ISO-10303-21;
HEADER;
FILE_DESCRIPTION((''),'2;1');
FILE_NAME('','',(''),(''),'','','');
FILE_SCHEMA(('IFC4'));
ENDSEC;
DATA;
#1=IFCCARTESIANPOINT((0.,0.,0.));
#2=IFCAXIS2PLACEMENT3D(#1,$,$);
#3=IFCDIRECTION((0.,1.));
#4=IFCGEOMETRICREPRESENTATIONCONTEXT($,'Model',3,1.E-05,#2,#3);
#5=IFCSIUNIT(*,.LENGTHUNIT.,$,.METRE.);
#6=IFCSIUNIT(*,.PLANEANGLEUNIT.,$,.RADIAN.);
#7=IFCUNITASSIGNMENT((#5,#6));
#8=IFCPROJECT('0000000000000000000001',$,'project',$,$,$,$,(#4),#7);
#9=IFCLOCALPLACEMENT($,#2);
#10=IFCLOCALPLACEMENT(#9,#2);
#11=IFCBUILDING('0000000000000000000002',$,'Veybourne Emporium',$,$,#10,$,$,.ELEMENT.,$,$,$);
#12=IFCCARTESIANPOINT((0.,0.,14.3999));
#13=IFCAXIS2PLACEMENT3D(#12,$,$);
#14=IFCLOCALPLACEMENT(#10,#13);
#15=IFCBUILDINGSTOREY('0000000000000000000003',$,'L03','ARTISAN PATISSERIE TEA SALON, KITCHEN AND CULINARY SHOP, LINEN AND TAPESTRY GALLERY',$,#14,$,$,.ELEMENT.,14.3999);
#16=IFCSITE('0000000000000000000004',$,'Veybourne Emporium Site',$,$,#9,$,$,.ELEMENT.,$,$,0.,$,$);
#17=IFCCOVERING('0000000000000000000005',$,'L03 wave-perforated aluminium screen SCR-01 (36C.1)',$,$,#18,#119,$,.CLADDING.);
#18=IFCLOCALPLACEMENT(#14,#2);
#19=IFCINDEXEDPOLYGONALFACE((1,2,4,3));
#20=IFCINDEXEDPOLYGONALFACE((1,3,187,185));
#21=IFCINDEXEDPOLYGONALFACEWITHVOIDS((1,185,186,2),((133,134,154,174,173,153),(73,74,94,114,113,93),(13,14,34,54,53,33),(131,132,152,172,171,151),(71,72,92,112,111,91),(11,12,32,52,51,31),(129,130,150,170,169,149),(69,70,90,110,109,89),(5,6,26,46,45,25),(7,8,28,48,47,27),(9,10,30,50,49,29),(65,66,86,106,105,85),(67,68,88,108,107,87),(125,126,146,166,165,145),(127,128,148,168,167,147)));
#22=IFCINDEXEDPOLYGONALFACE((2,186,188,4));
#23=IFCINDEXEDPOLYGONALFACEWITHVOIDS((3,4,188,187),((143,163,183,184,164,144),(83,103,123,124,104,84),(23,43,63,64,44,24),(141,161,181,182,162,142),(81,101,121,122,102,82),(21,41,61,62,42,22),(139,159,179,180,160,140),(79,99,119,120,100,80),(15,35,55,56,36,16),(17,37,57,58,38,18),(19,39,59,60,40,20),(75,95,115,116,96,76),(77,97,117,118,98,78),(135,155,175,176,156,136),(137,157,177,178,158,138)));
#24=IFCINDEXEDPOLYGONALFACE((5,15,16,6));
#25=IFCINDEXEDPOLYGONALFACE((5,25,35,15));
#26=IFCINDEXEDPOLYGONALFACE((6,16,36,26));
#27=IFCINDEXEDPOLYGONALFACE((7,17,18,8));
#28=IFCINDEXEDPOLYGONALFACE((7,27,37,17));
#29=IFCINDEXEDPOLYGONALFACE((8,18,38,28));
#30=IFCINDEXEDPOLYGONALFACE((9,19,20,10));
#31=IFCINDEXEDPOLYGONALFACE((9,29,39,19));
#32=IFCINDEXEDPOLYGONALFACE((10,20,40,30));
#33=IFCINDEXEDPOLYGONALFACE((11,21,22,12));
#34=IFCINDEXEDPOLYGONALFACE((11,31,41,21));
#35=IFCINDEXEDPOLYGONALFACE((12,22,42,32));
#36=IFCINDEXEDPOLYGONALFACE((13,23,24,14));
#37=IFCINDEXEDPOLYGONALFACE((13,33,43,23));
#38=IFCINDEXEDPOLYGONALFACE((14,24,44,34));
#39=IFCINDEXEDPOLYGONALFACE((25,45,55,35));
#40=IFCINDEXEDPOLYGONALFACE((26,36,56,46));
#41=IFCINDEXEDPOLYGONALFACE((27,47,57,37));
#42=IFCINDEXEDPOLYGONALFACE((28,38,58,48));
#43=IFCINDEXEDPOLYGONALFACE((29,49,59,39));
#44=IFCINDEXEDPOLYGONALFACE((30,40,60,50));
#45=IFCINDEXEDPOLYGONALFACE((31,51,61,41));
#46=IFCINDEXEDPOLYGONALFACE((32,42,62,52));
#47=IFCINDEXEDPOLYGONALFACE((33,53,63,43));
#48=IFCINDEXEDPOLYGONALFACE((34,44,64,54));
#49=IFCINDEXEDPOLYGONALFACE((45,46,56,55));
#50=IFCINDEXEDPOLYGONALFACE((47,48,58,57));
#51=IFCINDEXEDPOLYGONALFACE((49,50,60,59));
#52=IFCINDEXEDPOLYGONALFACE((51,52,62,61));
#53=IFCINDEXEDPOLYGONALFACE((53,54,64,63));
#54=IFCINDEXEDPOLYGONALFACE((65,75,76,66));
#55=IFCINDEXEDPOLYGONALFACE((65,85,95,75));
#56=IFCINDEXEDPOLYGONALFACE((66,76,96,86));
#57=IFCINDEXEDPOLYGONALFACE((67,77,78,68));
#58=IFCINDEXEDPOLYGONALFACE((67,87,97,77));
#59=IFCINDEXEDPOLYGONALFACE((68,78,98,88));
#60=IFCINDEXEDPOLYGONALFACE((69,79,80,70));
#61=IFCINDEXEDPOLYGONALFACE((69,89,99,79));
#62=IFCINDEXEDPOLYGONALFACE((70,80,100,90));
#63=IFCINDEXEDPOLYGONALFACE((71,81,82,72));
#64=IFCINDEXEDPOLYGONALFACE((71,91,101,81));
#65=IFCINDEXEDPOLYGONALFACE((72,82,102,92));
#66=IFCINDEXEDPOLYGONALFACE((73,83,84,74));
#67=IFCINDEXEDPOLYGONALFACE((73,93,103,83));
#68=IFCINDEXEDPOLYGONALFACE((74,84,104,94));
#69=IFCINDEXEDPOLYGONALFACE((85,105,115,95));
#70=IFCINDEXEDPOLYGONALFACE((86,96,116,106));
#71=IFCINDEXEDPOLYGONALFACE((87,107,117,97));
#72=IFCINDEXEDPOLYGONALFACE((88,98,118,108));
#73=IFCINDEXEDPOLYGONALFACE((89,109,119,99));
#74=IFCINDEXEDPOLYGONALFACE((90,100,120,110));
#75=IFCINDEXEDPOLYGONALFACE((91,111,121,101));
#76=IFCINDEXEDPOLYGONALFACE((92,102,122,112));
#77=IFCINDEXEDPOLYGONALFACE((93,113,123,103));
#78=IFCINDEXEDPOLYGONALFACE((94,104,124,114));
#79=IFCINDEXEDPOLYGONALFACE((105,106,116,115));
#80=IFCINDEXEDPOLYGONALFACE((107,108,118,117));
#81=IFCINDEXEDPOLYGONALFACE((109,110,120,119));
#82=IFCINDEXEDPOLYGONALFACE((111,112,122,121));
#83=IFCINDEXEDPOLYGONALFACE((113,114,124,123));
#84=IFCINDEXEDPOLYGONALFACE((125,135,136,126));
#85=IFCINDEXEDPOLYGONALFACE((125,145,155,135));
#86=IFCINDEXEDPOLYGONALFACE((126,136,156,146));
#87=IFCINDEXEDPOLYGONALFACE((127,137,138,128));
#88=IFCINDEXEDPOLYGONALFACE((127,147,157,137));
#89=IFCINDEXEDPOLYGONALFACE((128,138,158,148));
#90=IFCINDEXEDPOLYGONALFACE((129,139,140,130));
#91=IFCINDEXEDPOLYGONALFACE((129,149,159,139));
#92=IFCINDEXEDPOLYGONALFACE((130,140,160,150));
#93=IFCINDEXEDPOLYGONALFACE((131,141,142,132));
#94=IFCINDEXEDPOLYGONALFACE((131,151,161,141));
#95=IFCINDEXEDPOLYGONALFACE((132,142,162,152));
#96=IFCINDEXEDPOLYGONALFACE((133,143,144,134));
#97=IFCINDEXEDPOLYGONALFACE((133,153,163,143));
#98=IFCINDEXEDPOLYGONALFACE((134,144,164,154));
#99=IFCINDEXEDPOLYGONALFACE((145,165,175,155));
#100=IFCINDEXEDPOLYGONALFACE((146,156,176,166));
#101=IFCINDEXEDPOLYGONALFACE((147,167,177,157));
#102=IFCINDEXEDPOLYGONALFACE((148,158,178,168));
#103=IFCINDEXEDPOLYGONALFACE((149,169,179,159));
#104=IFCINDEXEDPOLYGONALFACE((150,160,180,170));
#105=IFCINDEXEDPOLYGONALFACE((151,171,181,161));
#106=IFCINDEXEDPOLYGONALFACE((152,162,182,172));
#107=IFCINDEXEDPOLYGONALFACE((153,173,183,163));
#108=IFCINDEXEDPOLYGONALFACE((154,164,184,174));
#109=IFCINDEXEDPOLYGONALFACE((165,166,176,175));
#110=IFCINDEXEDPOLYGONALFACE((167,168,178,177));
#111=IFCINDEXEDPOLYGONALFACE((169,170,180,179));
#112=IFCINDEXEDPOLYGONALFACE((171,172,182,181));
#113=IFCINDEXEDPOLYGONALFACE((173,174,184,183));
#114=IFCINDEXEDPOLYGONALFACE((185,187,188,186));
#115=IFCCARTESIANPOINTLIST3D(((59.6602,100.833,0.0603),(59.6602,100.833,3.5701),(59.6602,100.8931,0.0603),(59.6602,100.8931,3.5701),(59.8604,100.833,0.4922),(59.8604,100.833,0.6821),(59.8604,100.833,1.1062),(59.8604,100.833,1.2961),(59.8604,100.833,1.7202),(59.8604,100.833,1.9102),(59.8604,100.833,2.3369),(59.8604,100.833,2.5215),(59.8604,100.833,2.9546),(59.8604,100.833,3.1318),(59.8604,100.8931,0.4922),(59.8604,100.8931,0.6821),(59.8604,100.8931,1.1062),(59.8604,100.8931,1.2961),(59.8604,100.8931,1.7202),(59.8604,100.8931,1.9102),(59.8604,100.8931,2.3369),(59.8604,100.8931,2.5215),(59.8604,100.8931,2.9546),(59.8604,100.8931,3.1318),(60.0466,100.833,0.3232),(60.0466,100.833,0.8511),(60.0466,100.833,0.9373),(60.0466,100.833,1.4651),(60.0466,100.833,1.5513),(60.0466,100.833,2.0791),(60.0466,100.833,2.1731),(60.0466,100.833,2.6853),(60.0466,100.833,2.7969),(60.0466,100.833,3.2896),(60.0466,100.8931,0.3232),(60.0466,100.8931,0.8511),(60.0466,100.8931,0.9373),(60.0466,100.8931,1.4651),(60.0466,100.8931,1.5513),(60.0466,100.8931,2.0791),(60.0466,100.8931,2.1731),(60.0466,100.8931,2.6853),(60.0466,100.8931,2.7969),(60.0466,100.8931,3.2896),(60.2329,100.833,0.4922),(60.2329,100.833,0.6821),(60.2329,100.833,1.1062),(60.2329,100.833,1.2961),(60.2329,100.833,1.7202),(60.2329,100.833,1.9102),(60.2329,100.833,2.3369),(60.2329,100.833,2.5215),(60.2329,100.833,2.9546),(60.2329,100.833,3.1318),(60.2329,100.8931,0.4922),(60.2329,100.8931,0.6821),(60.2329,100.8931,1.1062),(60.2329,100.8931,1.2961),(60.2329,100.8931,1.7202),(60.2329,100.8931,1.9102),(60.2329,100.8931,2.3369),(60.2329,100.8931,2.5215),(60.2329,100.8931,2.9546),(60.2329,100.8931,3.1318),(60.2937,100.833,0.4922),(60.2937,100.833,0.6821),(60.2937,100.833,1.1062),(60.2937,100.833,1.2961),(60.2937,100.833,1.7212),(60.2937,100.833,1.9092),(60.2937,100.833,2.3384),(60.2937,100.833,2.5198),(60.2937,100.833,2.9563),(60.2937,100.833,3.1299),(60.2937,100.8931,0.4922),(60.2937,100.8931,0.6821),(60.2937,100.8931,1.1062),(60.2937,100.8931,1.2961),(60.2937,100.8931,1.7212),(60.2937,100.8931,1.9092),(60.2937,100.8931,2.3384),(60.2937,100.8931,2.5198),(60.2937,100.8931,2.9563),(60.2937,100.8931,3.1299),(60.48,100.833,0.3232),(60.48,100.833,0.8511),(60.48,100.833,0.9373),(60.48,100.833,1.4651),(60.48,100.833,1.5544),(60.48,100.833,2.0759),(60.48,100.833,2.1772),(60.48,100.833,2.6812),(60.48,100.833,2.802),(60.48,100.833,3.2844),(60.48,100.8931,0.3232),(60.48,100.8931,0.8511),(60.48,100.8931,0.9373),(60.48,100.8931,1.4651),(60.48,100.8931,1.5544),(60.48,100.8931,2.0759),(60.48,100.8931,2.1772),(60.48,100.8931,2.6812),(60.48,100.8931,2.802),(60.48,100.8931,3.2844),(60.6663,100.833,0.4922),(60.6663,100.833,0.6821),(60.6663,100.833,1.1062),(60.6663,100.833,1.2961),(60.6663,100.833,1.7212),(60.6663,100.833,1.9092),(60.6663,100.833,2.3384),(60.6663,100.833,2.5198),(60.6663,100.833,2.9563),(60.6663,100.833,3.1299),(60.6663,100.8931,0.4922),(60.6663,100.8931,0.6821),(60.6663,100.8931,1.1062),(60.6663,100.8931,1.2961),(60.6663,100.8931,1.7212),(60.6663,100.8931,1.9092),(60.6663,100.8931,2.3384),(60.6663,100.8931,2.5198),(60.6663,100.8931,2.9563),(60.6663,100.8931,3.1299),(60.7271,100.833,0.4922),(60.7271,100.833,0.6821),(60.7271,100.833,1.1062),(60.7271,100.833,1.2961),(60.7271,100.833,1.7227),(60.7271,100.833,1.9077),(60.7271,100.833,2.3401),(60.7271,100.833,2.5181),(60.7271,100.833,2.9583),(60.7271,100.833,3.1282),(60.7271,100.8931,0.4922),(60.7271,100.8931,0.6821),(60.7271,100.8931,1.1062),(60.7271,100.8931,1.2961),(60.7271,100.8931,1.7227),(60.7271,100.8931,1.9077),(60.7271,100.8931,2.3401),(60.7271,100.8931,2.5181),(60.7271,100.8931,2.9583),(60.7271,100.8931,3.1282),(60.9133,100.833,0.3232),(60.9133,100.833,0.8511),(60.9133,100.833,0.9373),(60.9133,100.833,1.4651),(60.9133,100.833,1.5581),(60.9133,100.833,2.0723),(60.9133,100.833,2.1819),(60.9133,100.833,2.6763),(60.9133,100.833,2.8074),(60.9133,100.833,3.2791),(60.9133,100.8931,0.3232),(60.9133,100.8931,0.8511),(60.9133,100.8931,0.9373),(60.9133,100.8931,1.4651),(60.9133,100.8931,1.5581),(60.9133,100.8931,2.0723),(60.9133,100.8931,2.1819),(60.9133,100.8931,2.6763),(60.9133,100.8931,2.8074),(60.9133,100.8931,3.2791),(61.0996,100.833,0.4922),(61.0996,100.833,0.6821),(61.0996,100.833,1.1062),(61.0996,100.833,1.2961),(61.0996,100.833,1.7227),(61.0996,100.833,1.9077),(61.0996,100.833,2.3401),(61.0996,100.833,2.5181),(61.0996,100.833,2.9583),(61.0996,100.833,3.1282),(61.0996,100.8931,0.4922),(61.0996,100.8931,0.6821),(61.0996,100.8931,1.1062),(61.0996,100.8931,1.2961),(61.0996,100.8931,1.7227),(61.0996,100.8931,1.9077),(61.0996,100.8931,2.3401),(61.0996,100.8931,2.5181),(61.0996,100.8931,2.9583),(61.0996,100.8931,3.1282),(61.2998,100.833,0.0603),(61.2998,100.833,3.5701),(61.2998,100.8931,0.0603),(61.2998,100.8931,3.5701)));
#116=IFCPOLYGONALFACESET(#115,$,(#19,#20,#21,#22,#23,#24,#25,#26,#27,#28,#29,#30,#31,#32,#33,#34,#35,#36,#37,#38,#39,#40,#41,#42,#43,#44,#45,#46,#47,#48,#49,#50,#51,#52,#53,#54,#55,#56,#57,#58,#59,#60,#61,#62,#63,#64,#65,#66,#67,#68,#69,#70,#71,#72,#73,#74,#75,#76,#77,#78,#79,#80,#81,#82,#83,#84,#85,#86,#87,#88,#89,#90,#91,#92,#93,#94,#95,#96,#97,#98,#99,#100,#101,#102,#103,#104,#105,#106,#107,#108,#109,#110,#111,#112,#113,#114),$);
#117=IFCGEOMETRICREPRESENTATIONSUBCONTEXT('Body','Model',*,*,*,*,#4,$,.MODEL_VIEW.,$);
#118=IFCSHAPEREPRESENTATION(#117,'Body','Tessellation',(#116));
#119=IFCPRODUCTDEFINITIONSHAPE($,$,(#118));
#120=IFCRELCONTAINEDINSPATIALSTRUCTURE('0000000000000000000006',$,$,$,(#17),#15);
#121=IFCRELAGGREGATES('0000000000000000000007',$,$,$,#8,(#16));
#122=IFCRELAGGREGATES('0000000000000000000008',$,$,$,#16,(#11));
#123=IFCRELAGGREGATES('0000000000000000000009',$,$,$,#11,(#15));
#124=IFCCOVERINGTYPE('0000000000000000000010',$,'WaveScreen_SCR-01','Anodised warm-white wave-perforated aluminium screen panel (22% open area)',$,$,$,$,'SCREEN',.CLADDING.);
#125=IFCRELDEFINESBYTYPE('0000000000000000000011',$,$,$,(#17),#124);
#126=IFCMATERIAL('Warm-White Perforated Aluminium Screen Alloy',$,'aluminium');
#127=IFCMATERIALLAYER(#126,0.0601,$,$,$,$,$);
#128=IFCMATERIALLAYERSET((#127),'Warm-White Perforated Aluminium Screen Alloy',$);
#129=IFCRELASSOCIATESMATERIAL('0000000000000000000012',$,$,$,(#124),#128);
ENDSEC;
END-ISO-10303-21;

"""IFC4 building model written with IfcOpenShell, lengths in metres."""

from ifc_helpers import new_model, si_unit, direction, frame, origin, place, context, subcontext, project, spatial, polyline, outline, extrude, material, layer, layer_set, type_object, element, save


model = new_model("IFC4")

# Units and contexts
model_context = context("Model", 3, precision=1e-05, world=origin(), true_north=direction((0.0, 1.0)))
body_context = subcontext(model_context, "Body", "Model", "MODEL_VIEW")
ifc_project = project(units=[si_unit("LENGTHUNIT", "METRE"), si_unit("PLANEANGLEUNIT", "RADIAN")], contexts=[model_context])

# Site, building, storey
site_placement = place(None, origin())
site = spatial("IfcSite", under=ifc_project, at=site_placement, Name="Veybourne Emporium Site", CompositionType="ELEMENT", RefElevation=0.0)
building_placement = place(site_placement, origin())
building = spatial("IfcBuilding", under=site, at=building_placement, Name="Veybourne Emporium", CompositionType="ELEMENT")
storey_placement = place(building_placement, frame((0.0, 0.0, 14.3999)))
storey = spatial("IfcBuildingStorey", under=building, at=storey_placement, Name="L03", Description="ARTISAN PATISSERIE TEA SALON, KITCHEN AND CULINARY SHOP, LINEN AND TAPESTRY GALLERY", CompositionType="ELEMENT", Elevation=14.3999)

# Covering
ifc_material_1 = material(Name="Warm-White Perforated Aluminium Screen Alloy", Category="aluminium")
ifc_layer_1 = layer(ifc_material_1, 0.0601)
ifc_layer_set_1 = layer_set([ifc_layer_1], Name="Warm-White Perforated Aluminium Screen Alloy")
covering_type_1 = type_object("IfcCoveringType", Name="WaveScreen_SCR-01", Description="Anodised warm-white wave-perforated aluminium screen panel (22% open area)", ElementType="SCREEN", PredefinedType="CLADDING", material=ifc_layer_set_1)
covering_1_placement = place(storey_placement, frame((60.48, 100.8931, 1.8152), z_axis=(0.0, -1.0, 0.0), x_axis=(1.0, 0.0, 0.0)))
element("IfcCovering", 1, at=covering_1_placement, inside=storey, type_object=covering_type_1, Name="L03 wave-perforated aluminium screen SCR-01 (36C.1)", PredefinedType="CLADDING", context=body_context, shape_type="SweptSolid", body=[
    extrude(outline(polyline([(-0.8198, -1.7549), (0.8198, -1.7549), (0.8198, 1.7549), (-0.8198, 1.7549), (-0.8198, -1.7549)]), holes=[polyline([(-0.4333, -0.9641), (-0.2471, -1.1331), (-0.2471, -1.323), (-0.4333, -1.4919), (-0.6196, -1.323), (-0.6196, -1.1331), (-0.4333, -0.9641)]), polyline([(-0.4333, -0.3501), (-0.2471, -0.519), (-0.2471, -0.709), (-0.4333, -0.8779), (-0.6196, -0.709), (-0.6196, -0.519), (-0.4333, -0.3501)]), polyline([(-0.4333, 0.2639), (-0.2471, 0.095), (-0.2471, -0.095), (-0.4333, -0.2639), (-0.6196, -0.095), (-0.6196, 0.095), (-0.4333, 0.2639)]), polyline([(-0.4333, 0.8701), (-0.2471, 0.7063), (-0.2471, 0.5217), (-0.4333, 0.3579), (-0.6196, 0.5217), (-0.6196, 0.7063), (-0.4333, 0.8701)]), polyline([(-0.4333, 1.4744), (-0.2471, 1.3167), (-0.2471, 1.1394), (-0.4333, 0.9817), (-0.6196, 1.1394), (-0.6196, 1.3167), (-0.4333, 1.4744)]), polyline([(0.0, -0.9641), (0.1863, -1.1331), (0.1863, -1.323), (0.0, -1.4919), (-0.1863, -1.323), (-0.1863, -1.1331), (0.0, -0.9641)]), polyline([(0.0, -0.3501), (0.1863, -0.519), (0.1863, -0.709), (0.0, -0.8779), (-0.1863, -0.709), (-0.1863, -0.519), (0.0, -0.3501)]), polyline([(0.0, 0.2607), (0.1863, 0.094), (0.1863, -0.094), (0.0, -0.2607), (-0.1863, -0.094), (-0.1863, 0.094), (0.0, 0.2607)]), polyline([(0.0, 0.866), (0.1863, 0.7046), (0.1863, 0.5232), (0.0, 0.3621), (-0.1863, 0.5232), (-0.1863, 0.7046), (0.0, 0.866)]), polyline([(0.0, 1.4692), (0.1863, 1.3147), (0.1863, 1.1411), (0.0, 0.9868), (-0.1863, 1.1411), (-0.1863, 1.3147), (0.0, 1.4692)]), polyline([(0.4333, -0.9641), (0.6196, -1.1331), (0.6196, -1.323), (0.4333, -1.4919), (0.2471, -1.323), (0.2471, -1.1331), (0.4333, -0.9641)]), polyline([(0.4333, -0.3501), (0.6196, -0.519), (0.6196, -0.709), (0.4333, -0.8779), (0.2471, -0.709), (0.2471, -0.519), (0.4333, -0.3501)]), polyline([(0.4333, 0.2571), (0.6196, 0.0925), (0.6196, -0.0925), (0.4333, -0.2571), (0.2471, -0.0925), (0.2471, 0.0925), (0.4333, 0.2571)]), polyline([(0.4333, 0.8611), (0.6196, 0.7029), (0.6196, 0.5249), (0.4333, 0.3667), (0.2471, 0.5249), (0.2471, 0.7029), (0.4333, 0.8611)]), polyline([(0.4333, 1.4639), (0.6196, 1.313), (0.6196, 1.1431), (0.4333, 0.9922), (0.2471, 1.1431), (0.2471, 1.313), (0.4333, 1.4639)])]), origin(), (0.0, 0.0, 1.0), 0.0601),
])

save(model, "model.ifc")
